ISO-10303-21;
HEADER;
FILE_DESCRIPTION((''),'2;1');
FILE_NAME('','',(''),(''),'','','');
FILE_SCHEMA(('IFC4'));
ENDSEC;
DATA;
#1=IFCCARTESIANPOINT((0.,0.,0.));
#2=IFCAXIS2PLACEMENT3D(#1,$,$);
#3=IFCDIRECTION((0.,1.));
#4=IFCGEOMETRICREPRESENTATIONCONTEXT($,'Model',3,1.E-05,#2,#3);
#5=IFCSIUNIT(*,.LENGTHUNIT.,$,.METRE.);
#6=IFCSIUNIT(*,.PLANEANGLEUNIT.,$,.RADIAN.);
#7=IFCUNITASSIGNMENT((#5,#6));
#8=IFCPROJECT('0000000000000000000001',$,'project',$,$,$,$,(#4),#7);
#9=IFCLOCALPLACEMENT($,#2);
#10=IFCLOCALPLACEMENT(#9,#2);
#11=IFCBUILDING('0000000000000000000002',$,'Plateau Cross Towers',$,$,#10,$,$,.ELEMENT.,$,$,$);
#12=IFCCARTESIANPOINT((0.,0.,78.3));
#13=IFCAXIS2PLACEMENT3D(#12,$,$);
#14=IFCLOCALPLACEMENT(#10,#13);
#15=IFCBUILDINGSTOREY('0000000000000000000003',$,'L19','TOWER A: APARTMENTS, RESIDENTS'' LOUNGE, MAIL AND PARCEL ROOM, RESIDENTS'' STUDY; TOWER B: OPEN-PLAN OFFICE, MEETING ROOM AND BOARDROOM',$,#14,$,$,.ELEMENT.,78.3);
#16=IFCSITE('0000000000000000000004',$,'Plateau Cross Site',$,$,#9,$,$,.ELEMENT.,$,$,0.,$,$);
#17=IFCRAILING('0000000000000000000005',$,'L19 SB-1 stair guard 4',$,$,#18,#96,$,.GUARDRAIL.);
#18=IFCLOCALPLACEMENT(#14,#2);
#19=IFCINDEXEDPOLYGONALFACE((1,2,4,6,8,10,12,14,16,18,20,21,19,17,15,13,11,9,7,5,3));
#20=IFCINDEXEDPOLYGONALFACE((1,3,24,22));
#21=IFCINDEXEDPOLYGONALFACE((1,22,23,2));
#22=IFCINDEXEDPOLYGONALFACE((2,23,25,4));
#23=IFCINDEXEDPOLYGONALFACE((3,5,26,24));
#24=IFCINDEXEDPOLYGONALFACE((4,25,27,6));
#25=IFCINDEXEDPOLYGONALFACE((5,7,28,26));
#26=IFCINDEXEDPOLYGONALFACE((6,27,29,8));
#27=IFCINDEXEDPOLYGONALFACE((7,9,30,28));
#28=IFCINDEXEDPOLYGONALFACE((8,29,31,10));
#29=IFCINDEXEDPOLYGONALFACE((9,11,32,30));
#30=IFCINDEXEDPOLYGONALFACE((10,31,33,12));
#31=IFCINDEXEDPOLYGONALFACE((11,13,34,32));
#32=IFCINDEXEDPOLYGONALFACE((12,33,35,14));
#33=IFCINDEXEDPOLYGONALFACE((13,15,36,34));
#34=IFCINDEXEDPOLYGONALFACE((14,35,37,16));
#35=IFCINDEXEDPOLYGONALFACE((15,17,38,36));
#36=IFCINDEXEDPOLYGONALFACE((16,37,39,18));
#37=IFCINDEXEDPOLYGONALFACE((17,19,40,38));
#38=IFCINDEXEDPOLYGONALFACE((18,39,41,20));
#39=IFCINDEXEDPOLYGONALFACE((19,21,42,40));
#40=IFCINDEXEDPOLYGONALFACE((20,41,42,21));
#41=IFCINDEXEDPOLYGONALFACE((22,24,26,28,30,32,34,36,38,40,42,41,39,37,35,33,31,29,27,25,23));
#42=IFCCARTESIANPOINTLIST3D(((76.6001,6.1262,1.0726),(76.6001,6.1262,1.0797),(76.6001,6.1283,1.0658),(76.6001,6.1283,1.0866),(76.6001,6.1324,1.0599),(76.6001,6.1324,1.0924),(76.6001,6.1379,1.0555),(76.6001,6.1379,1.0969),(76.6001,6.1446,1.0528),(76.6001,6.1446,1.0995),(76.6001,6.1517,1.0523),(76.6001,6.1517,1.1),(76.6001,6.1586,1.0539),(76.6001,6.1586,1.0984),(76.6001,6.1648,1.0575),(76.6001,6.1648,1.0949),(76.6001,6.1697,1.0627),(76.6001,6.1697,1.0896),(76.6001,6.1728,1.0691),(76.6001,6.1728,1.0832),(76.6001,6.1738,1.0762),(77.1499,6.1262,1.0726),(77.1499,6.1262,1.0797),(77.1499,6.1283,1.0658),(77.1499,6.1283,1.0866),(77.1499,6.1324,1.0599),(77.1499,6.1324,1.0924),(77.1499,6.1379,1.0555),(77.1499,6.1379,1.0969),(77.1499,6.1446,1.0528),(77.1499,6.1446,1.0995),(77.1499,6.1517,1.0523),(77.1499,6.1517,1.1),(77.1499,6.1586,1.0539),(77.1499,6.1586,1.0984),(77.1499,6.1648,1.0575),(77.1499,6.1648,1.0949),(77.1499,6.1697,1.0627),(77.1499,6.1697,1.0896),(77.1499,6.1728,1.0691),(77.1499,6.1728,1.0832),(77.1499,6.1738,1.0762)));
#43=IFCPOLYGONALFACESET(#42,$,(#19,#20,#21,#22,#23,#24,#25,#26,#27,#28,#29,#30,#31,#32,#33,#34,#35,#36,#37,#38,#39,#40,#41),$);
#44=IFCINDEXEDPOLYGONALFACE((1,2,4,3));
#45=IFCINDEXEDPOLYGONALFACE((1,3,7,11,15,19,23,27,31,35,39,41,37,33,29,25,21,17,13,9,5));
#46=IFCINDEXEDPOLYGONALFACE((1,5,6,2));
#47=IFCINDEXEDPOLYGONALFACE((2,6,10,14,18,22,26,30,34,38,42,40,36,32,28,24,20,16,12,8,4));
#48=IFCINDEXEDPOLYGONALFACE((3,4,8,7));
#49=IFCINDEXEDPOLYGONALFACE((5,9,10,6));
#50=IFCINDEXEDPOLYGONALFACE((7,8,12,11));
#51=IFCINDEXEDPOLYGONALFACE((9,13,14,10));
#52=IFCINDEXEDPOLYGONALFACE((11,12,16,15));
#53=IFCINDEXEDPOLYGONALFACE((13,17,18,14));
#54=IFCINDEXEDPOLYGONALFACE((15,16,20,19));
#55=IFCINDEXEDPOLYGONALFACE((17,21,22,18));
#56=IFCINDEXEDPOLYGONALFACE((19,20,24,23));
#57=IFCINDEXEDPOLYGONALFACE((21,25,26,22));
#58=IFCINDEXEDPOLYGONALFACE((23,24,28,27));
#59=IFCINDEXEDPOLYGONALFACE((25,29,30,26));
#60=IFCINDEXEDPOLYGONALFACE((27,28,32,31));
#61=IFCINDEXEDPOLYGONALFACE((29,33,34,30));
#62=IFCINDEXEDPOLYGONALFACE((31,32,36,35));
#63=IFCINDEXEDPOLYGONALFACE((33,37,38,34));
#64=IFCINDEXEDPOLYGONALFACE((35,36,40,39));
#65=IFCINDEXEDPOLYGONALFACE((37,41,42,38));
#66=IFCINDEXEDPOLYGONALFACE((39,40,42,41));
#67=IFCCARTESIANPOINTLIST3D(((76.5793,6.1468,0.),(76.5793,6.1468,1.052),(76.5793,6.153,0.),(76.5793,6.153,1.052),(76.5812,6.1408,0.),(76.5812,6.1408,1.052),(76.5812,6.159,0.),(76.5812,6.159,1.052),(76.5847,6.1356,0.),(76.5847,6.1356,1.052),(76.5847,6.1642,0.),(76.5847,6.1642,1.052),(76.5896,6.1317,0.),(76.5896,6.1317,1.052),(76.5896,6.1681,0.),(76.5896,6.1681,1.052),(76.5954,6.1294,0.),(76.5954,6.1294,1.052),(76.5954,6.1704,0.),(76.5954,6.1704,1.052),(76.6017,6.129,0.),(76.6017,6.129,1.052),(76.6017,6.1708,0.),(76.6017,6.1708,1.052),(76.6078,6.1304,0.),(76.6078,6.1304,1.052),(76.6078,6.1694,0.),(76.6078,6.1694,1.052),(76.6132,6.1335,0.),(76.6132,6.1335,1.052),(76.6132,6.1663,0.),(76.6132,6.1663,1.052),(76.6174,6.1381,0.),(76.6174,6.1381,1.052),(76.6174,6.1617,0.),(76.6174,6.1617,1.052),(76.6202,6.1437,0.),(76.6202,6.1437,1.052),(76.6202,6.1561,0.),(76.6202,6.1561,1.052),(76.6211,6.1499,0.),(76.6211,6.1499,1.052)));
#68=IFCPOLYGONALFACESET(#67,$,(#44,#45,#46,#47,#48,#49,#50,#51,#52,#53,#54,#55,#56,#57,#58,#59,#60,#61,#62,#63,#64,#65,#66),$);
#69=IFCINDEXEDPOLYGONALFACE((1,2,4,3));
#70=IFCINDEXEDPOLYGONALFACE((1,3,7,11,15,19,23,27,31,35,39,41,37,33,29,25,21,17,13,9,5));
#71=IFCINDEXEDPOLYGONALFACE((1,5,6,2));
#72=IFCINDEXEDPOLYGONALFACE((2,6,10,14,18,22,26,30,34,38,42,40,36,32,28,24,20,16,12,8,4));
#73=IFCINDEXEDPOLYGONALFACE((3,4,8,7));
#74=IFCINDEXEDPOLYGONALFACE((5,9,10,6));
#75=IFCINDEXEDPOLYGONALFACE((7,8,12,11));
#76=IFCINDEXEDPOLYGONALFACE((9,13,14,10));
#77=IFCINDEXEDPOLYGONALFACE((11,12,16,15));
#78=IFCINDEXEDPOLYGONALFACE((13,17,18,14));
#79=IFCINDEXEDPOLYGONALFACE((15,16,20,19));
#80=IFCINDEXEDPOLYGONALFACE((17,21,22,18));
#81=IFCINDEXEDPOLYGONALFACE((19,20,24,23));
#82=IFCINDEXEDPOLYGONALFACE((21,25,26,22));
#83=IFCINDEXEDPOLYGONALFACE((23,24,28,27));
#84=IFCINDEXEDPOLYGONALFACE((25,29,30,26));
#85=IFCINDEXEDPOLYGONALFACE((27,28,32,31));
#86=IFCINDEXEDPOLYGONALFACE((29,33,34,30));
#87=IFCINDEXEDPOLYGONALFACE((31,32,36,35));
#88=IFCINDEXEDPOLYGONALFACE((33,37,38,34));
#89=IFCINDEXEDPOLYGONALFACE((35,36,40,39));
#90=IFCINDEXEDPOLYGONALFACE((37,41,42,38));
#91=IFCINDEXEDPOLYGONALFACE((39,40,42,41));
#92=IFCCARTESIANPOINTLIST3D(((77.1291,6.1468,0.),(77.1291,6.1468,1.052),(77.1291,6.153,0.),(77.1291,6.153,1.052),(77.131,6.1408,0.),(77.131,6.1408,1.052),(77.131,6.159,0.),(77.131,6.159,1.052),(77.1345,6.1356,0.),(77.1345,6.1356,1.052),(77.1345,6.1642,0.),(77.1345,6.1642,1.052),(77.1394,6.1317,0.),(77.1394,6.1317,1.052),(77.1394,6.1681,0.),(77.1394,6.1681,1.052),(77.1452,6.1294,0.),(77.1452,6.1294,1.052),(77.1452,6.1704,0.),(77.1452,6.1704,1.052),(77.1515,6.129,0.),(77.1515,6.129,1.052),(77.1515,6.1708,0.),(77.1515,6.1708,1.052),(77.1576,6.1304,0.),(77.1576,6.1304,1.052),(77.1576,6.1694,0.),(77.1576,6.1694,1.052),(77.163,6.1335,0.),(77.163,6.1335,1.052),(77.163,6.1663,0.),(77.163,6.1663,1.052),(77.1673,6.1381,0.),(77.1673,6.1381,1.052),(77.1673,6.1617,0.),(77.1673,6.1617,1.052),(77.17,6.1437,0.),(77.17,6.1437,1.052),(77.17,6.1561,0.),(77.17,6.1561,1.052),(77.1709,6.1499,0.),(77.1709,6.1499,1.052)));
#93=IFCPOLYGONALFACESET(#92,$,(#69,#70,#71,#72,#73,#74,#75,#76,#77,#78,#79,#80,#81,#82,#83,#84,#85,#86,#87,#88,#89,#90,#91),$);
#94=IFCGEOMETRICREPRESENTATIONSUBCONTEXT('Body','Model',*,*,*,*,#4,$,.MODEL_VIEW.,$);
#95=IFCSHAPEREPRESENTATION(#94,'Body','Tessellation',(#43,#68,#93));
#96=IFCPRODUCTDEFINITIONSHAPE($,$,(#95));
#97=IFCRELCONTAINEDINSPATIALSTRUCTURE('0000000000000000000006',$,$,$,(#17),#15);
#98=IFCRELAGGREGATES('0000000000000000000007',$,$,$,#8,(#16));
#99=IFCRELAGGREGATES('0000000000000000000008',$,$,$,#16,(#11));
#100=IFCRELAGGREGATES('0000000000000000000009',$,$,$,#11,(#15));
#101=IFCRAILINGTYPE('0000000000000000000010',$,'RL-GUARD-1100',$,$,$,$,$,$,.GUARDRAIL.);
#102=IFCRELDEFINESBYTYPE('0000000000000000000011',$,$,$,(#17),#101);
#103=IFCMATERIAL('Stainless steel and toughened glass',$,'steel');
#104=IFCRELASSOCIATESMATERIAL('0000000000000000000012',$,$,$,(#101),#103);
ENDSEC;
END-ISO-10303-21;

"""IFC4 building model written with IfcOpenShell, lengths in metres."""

from ifc_helpers import new_model, si_unit, direction, frame, origin, origin_2d, place, context, subcontext, project, spatial, circle, extrude, material, type_object, element, save


model = new_model("IFC4")

# Units and contexts
model_context = context("Model", 3, precision=1e-05, world=origin(), true_north=direction((0.0, 1.0)))
body_context = subcontext(model_context, "Body", "Model", "MODEL_VIEW")
ifc_project = project(units=[si_unit("LENGTHUNIT", "METRE"), si_unit("PLANEANGLEUNIT", "RADIAN")], contexts=[model_context])

# Site, building, storey
site_placement = place(None, origin())
site = spatial("IfcSite", under=ifc_project, at=site_placement, Name="Plateau Cross Site", CompositionType="ELEMENT", RefElevation=0.0)
building_placement = place(site_placement, origin())
building = spatial("IfcBuilding", under=site, at=building_placement, Name="Plateau Cross Towers", CompositionType="ELEMENT")
storey_placement = place(building_placement, frame((0.0, 0.0, 78.3)))
storey = spatial("IfcBuildingStorey", under=building, at=storey_placement, Name="L19", Description="TOWER A: APARTMENTS, RESIDENTS' LOUNGE, MAIL AND PARCEL ROOM, RESIDENTS' STUDY; TOWER B: OPEN-PLAN OFFICE, MEETING ROOM AND BOARDROOM", CompositionType="ELEMENT", Elevation=78.3)

# Railing
ifc_material_1 = material(Name="Stainless steel and toughened glass", Category="steel")
railing_type = type_object("IfcRailingType", Name="RL-GUARD-1100", PredefinedType="GUARDRAIL", material=ifc_material_1)
railing_1_placement = place(storey_placement, frame((76.6001, 6.1499, 0.0)))
element("IfcRailing", 1, at=railing_1_placement, inside=storey, type_object=railing_type, Name="L19 SB-1 stair guard 4", PredefinedType="GUARDRAIL", context=body_context, shape_type="SweptSolid", body=[
    extrude(circle(Radius=0.0239, at=origin_2d()), frame((0.0, 0.0, 1.0762), z_axis=(1.0, 0.0, 0.0), x_axis=(0.0, 1.0, 0.0)), (0.0, 0.0, 1.0), 0.5498),
    extrude(circle(Radius=0.021, at=origin_2d()), origin(), (0.0, 0.0, 1.0), 1.052),
    extrude(circle(Radius=0.021, at=origin_2d()), frame((0.5498, 0.0, 0.0)), (0.0, 0.0, 1.0), 1.052),
])

save(model, "model.ifc")
